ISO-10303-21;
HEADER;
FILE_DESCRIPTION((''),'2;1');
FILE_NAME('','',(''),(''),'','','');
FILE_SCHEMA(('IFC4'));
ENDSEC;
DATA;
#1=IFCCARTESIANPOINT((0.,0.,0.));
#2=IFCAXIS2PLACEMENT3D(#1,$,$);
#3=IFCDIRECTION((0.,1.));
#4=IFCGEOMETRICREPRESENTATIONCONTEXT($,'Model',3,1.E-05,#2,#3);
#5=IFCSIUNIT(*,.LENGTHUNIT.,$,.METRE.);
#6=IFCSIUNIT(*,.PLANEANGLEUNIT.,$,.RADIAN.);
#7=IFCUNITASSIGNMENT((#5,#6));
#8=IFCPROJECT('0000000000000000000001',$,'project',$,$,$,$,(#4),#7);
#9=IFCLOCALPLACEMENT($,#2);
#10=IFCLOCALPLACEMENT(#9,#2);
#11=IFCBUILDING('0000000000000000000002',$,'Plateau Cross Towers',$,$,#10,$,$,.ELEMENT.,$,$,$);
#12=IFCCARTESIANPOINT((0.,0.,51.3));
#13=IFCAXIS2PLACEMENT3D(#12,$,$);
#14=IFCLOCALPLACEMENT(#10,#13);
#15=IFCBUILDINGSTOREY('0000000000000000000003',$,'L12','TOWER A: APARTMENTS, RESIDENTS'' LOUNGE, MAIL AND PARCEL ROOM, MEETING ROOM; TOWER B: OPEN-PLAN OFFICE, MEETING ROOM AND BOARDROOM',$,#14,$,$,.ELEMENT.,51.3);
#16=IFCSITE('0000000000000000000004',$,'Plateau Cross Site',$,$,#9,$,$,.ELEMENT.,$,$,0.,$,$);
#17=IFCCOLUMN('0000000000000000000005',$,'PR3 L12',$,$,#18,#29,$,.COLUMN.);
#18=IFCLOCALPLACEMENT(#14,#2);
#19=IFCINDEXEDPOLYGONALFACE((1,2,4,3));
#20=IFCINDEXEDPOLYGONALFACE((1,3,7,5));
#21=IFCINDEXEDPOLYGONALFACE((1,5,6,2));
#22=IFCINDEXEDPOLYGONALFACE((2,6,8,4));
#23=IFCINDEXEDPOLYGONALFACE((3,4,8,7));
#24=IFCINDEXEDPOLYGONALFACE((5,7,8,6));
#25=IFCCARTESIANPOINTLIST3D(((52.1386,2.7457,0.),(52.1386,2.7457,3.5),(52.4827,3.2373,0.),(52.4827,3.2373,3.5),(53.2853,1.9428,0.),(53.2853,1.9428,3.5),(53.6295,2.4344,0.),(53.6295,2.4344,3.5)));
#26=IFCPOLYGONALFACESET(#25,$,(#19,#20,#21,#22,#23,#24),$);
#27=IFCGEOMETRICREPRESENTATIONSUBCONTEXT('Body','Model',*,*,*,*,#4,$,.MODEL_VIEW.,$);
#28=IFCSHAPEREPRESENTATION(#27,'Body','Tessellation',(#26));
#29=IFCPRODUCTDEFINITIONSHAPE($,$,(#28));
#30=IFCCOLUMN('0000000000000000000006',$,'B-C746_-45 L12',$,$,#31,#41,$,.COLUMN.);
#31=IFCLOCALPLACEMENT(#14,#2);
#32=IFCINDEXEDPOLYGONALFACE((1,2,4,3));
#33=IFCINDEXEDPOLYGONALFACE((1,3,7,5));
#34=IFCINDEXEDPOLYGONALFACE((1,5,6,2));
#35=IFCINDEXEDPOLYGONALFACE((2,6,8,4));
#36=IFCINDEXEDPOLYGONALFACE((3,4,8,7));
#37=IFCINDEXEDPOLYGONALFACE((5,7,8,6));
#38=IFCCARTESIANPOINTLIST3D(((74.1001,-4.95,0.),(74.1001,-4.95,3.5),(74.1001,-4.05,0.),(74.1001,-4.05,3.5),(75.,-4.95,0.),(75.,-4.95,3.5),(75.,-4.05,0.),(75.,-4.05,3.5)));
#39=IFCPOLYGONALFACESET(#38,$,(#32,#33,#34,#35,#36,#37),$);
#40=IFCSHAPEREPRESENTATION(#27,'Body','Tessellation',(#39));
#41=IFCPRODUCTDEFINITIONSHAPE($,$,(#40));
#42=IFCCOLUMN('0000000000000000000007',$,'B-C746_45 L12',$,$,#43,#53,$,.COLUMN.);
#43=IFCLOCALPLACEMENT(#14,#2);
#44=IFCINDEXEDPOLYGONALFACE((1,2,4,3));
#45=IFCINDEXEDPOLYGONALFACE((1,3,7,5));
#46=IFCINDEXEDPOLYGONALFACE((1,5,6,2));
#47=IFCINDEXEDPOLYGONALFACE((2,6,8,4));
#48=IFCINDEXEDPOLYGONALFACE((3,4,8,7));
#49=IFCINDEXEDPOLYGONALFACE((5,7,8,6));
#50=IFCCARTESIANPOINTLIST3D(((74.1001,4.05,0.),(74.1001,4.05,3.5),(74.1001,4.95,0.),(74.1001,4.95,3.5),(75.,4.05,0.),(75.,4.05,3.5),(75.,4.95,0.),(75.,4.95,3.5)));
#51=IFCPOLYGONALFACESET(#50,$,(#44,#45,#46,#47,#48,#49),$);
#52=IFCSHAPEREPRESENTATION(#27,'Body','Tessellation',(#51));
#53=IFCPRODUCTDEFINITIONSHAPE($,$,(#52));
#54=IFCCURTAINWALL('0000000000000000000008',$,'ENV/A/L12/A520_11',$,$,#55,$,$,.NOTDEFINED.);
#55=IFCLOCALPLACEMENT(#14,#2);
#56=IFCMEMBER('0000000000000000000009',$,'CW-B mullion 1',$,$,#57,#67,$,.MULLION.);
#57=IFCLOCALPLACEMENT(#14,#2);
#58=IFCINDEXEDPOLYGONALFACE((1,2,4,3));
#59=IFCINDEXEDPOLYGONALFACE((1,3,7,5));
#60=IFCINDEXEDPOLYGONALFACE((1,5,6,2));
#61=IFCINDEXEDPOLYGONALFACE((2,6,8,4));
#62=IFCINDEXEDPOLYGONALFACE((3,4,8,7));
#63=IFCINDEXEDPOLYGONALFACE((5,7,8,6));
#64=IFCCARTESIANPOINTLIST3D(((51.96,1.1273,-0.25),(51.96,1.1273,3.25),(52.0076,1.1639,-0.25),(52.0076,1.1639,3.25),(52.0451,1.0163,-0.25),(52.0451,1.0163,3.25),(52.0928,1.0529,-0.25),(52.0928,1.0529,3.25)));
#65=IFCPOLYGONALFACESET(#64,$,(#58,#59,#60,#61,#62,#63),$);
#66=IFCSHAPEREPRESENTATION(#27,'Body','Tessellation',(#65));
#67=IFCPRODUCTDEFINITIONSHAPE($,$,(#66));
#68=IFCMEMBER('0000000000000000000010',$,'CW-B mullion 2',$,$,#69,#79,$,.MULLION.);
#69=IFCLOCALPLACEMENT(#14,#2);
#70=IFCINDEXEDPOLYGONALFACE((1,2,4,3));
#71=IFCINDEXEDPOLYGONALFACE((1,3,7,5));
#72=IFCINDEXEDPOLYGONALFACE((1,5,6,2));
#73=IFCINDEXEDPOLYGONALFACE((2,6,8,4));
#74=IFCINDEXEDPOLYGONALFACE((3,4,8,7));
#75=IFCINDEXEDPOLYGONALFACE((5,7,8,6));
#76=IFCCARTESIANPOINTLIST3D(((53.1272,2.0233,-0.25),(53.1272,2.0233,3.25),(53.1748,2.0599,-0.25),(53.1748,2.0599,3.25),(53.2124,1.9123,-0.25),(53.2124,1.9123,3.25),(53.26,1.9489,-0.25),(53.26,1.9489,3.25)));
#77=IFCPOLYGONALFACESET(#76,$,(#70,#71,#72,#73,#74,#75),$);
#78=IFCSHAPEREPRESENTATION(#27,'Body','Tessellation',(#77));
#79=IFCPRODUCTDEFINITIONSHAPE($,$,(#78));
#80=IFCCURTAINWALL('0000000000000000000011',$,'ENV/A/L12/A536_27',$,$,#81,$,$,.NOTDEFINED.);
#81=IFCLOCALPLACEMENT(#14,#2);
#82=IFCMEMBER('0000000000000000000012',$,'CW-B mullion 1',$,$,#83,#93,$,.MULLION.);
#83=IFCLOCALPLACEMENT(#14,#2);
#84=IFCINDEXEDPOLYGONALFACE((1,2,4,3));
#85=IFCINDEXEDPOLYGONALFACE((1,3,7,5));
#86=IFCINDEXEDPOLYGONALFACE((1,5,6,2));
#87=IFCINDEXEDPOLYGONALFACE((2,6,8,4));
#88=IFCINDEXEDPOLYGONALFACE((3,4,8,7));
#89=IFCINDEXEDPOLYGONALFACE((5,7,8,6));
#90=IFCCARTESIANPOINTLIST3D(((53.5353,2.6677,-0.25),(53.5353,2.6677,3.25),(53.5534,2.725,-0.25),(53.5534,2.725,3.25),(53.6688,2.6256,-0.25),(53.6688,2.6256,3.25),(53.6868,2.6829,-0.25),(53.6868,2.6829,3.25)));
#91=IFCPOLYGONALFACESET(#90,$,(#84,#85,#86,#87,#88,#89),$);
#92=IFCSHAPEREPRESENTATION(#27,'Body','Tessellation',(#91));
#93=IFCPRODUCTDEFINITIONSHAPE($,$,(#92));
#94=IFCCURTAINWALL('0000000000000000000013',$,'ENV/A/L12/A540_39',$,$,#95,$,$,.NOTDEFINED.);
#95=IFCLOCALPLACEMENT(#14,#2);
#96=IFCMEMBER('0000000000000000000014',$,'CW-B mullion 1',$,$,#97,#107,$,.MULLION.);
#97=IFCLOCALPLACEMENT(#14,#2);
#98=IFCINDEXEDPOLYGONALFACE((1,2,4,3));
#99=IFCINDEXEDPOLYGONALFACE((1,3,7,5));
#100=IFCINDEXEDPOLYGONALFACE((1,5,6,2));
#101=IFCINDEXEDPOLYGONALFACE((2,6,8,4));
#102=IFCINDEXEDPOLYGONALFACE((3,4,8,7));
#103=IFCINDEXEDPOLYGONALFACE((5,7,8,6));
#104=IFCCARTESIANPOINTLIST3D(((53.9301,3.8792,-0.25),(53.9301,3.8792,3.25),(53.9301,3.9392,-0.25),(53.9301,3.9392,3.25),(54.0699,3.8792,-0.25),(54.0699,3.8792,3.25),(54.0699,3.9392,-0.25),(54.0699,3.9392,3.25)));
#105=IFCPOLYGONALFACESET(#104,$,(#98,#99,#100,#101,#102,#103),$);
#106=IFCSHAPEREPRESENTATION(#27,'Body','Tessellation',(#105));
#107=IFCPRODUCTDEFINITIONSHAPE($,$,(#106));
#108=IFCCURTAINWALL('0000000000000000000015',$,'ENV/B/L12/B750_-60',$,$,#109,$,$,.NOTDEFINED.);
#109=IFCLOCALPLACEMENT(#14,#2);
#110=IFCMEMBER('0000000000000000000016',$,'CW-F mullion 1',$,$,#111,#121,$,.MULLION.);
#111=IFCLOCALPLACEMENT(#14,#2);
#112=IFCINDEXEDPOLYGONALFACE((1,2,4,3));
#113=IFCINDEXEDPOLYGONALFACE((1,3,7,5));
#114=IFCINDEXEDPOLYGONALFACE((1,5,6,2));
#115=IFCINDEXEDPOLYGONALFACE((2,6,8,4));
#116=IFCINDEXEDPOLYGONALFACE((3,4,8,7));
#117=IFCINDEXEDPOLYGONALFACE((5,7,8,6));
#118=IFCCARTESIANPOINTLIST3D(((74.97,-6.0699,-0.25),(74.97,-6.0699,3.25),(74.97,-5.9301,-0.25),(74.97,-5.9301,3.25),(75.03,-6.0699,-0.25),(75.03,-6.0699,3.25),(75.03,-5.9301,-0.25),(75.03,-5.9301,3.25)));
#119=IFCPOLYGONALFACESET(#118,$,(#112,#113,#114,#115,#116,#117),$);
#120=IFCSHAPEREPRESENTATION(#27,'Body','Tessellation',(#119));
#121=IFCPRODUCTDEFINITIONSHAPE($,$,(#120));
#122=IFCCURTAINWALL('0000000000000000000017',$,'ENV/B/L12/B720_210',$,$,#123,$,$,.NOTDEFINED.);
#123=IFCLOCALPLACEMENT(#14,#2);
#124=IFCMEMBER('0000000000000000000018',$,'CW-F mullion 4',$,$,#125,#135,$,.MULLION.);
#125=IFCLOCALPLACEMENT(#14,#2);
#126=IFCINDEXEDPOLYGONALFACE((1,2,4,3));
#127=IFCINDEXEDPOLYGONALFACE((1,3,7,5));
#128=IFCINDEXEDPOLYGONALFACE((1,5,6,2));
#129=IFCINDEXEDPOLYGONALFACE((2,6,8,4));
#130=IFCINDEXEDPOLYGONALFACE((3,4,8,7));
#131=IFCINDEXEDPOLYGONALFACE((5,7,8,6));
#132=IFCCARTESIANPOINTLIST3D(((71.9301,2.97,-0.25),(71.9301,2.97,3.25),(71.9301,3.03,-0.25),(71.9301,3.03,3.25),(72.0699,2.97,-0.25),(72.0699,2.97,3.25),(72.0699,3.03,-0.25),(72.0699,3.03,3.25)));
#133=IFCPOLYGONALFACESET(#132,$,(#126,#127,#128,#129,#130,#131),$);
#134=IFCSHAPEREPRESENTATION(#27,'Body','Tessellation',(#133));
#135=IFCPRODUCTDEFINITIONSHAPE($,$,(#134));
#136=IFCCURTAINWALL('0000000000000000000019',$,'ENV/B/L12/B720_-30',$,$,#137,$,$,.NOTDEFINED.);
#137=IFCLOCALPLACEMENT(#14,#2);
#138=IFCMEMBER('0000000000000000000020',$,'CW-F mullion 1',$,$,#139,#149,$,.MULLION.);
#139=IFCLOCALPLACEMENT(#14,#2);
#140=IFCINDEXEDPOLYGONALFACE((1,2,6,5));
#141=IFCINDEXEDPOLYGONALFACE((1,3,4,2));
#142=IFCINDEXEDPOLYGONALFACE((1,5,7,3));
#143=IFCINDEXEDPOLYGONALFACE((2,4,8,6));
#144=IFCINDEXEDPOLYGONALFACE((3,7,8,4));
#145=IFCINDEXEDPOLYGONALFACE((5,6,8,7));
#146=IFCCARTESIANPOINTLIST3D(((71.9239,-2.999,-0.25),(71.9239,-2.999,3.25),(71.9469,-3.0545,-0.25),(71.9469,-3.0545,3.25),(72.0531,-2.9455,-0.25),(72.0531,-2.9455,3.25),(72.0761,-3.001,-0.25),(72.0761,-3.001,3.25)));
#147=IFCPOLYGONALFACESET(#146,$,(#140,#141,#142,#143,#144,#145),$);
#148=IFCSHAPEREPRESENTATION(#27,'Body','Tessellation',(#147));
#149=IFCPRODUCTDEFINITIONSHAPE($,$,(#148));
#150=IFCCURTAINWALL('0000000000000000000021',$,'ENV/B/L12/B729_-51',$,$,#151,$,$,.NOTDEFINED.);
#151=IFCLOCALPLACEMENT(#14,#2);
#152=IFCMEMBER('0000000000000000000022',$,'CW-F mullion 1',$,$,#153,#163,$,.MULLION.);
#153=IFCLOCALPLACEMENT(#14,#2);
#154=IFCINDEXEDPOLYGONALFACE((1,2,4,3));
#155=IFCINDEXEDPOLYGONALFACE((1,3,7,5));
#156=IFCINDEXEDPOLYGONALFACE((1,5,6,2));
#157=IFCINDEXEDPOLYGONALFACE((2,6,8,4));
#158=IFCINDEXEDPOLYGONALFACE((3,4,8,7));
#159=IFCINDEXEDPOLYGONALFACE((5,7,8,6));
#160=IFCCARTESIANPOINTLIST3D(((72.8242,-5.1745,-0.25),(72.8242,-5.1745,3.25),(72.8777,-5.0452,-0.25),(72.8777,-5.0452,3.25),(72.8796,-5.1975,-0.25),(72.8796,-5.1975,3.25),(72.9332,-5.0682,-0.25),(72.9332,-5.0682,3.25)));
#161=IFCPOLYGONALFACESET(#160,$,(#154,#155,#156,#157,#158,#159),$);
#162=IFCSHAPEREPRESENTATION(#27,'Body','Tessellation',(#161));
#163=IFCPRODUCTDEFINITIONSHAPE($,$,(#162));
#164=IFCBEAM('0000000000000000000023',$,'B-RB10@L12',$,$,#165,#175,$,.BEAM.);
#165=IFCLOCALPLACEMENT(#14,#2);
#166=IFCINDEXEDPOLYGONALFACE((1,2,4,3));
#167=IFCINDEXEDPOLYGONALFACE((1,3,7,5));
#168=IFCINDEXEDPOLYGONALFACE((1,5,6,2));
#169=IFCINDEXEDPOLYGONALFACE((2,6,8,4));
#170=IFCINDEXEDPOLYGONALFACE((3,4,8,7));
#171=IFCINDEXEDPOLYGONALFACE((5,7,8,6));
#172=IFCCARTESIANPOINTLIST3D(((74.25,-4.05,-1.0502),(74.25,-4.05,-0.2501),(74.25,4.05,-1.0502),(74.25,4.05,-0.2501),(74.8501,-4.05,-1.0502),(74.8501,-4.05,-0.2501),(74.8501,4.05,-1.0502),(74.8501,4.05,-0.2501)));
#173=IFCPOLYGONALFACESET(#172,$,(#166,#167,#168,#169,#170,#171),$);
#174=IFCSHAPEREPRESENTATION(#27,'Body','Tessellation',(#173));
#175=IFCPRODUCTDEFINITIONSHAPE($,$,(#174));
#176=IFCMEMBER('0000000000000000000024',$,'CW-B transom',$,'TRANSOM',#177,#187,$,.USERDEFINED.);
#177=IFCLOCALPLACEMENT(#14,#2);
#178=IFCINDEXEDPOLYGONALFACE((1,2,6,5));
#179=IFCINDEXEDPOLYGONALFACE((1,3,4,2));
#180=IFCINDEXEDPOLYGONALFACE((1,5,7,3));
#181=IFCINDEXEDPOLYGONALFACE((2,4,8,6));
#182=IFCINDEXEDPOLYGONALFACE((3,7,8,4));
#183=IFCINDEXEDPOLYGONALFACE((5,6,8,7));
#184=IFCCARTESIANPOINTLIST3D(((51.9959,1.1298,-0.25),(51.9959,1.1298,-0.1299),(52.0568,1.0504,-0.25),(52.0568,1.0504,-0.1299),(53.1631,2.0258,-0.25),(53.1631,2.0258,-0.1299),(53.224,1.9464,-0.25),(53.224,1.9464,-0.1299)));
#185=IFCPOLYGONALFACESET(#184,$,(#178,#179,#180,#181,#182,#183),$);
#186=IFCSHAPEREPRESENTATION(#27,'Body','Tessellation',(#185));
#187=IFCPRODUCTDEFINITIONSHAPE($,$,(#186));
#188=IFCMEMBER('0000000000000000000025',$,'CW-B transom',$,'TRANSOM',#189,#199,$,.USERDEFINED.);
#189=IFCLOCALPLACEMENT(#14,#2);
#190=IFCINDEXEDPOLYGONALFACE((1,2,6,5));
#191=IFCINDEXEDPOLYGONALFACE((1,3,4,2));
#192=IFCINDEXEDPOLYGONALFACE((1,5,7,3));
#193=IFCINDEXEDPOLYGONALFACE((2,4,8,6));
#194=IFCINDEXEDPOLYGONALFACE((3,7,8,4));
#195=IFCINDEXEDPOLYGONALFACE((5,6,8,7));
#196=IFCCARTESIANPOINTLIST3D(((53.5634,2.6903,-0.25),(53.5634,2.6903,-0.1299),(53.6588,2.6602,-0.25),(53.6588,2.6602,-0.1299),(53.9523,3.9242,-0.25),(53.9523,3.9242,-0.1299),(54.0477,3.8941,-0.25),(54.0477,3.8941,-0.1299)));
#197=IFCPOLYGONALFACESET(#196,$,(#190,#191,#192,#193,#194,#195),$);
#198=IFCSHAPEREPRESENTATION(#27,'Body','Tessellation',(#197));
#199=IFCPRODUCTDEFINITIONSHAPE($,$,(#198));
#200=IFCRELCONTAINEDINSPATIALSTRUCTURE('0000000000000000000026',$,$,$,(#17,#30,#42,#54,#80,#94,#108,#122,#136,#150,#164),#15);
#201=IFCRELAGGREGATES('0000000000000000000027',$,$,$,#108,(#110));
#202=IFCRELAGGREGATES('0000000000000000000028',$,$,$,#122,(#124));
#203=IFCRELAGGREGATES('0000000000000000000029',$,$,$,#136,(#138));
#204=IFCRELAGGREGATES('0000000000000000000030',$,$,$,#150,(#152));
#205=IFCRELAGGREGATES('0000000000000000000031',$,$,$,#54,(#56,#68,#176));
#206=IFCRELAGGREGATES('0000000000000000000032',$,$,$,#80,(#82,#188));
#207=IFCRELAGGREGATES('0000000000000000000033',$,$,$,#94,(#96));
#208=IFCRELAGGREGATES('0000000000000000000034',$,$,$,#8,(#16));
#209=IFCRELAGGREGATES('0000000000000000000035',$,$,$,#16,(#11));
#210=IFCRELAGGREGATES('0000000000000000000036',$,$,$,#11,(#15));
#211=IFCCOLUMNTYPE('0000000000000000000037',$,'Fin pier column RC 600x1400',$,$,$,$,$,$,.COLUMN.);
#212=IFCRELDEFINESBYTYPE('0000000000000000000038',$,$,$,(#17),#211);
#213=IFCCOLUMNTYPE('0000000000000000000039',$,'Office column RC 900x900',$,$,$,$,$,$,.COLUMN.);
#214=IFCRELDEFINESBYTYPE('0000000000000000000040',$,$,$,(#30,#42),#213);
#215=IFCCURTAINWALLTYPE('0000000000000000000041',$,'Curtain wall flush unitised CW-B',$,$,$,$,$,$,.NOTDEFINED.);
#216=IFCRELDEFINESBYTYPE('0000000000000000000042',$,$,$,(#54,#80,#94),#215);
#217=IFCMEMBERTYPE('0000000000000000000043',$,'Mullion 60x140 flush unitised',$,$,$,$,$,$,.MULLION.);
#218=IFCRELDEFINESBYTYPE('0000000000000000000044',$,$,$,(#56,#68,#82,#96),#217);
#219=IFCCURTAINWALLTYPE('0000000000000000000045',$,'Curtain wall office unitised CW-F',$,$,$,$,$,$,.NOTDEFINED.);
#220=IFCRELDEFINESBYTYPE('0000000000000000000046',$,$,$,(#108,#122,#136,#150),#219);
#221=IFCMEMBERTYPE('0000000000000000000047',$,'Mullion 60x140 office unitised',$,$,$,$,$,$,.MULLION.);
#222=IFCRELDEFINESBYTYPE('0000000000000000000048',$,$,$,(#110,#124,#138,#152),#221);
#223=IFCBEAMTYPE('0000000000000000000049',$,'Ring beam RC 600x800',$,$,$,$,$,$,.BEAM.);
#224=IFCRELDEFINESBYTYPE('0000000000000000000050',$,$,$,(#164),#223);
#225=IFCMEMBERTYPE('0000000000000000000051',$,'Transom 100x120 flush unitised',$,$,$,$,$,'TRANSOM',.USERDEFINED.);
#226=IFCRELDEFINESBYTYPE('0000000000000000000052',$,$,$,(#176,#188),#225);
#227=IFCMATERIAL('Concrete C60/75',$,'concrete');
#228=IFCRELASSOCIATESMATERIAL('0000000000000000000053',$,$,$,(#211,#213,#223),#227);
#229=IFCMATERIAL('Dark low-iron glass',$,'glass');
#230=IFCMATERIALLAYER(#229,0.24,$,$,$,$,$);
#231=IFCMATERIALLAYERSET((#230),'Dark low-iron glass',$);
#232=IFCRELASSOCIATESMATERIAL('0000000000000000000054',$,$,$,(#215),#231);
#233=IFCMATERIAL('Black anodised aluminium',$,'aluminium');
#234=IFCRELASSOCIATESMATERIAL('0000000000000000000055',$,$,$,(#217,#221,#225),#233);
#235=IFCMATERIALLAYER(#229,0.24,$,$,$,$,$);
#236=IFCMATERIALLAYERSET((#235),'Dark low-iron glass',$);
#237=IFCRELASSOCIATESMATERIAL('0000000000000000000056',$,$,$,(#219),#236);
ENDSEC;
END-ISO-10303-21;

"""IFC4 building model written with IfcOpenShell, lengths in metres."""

from ifc_helpers import new_model, si_unit, direction, frame, origin, origin_2d, place, context, subcontext, project, spatial, rectangle, extrude, material, layer, layer_set, material_profile, profile_set, type_object, element, aggregate, save


model = new_model("IFC4")

# Units and contexts
model_context = context("Model", 3, precision=1e-05, world=origin(), true_north=direction((0.0, 1.0)))
body_context = subcontext(model_context, "Body", "Model", "MODEL_VIEW")
ifc_project = project(units=[si_unit("LENGTHUNIT", "METRE"), si_unit("PLANEANGLEUNIT", "RADIAN")], contexts=[model_context])

# Site, building, storey
site_placement = place(None, origin())
site = spatial("IfcSite", under=ifc_project, at=site_placement, Name="Plateau Cross Site", CompositionType="ELEMENT", RefElevation=0.0)
building_placement = place(site_placement, origin())
building = spatial("IfcBuilding", under=site, at=building_placement, Name="Plateau Cross Towers", CompositionType="ELEMENT")
storey_placement = place(building_placement, frame((0.0, 0.0, 51.3)))
storey = spatial("IfcBuildingStorey", under=building, at=storey_placement, Name="L12", Description="TOWER A: APARTMENTS, RESIDENTS' LOUNGE, MAIL AND PARCEL ROOM, MEETING ROOM; TOWER B: OPEN-PLAN OFFICE, MEETING ROOM AND BOARDROOM", CompositionType="ELEMENT", Elevation=51.3)

# Columns
ifc_material_1 = material(Name="Concrete C60/75", Category="concrete")
ifc_material_profile_1 = material_profile(ifc_material_1, rectangle(XDim=0.6001, YDim=1.3999, at=origin_2d()), Name="RC 600x1400")
ifc_profile_set_1 = profile_set([ifc_material_profile_1], Name="Concrete C60/75")
column_type_1 = type_object("IfcColumnType", Name="Fin pier column RC 600x1400", PredefinedType="COLUMN", material=ifc_profile_set_1)
column_placement = place(storey_placement, frame((52.884, 2.5901, 0.0), z_axis=(0.0, 0.0, 1.0), x_axis=(0.573543, 0.819176, 0.0)))
element("IfcColumn", 1, at=column_placement, inside=storey, type_object=column_type_1, Name="PR3 L12", PredefinedType="COLUMN", context=body_context, shape_type="SweptSolid", body=[
    extrude(rectangle(XDim=0.6001, YDim=1.3999, at=origin_2d()), origin(), (0.0, 0.0, 1.0), 3.5),
])
ifc_material_profile_2 = material_profile(ifc_material_1, rectangle(XDim=0.8999, YDim=0.8999, at=origin_2d()), Name="RC 900x900")
ifc_profile_set_2 = profile_set([ifc_material_profile_2], Name="Concrete C60/75")
column_type_2 = type_object("IfcColumnType", Name="Office column RC 900x900", PredefinedType="COLUMN", material=ifc_profile_set_2)
for number, where, z_axis, x_axis, name in (
    (2, (74.55, -4.5, 0.0), (0.0, 0.0, 1.0), (1.0, 0.0, 0.0), "B-C746_-45 L12"),
    (3, (74.55, 4.5, 0.0), (0.0, 0.0, 1.0), (1.0, 0.0, 0.0), "B-C746_45 L12"),
):
    element("IfcColumn", number, at=place(storey_placement, frame(where, z_axis=z_axis, x_axis=x_axis)), inside=storey, type_object=column_type_2, Name=name, PredefinedType="COLUMN", context=body_context, shape_type="SweptSolid", body=[
        extrude(rectangle(XDim=0.8999, YDim=0.8999, at=origin_2d()), origin(), (0.0, 0.0, 1.0), 3.5),
    ])

# Curtain wall, members
ifc_material_2 = material(Name="Dark low-iron glass", Category="glass")
ifc_layer_1 = layer(ifc_material_2, 0.24)
ifc_layer_set_1 = layer_set([ifc_layer_1], Name="Dark low-iron glass")
curtain_wall_type_1 = type_object("IfcCurtainWallType", Name="Curtain wall flush unitised CW-B", PredefinedType="NOTDEFINED", material=ifc_layer_set_1)
curtain_wall_1_placement = place(storey_placement, origin())
curtain_wall_1 = element("IfcCurtainWall", 4, at=curtain_wall_1_placement, inside=storey, type_object=curtain_wall_type_1, Name="ENV/A/L12/A520_11", PredefinedType="NOTDEFINED")
ifc_material_3 = material(Name="Black anodised aluminium", Category="aluminium")
ifc_material_profile_3 = material_profile(ifc_material_3, rectangle(XDim=0.0601, YDim=0.1399, at=origin_2d()), Name="MULLION 60x140")
ifc_profile_set_3 = profile_set([ifc_material_profile_3], Name="Black anodised aluminium")
member_type_1 = type_object("IfcMemberType", Name="Mullion 60x140 flush unitised", PredefinedType="MULLION", material=ifc_profile_set_3)
member_1_placement = place(storey_placement, frame((52.0264, 1.0901, -0.25), z_axis=(0.0, 0.0, 1.0), x_axis=(0.793316, 0.608811, 0.0)))
member_1 = element("IfcMember", 5, at=member_1_placement, type_object=member_type_1, Name="CW-B mullion 1", PredefinedType="MULLION", context=body_context, shape_type="SweptSolid", body=[
    extrude(rectangle(XDim=0.0601, YDim=0.1399, at=origin_2d()), origin(), (0.0, 0.0, 1.0), 3.5),
])
member_2_placement = place(storey_placement, frame((53.1936, 1.9861, -0.25), z_axis=(0.0, 0.0, 1.0), x_axis=(0.793316, 0.608811, 0.0)))
member_2 = element("IfcMember", 6, at=member_2_placement, type_object=member_type_1, Name="CW-B mullion 2", PredefinedType="MULLION", context=body_context, shape_type="SweptSolid", body=[
    extrude(rectangle(XDim=0.0601, YDim=0.1399, at=origin_2d()), origin(), (0.0, 0.0, 1.0), 3.5),
])

# Curtain walls, members
curtain_wall_2_placement = place(storey_placement, origin())
curtain_wall_2 = element("IfcCurtainWall", 7, at=curtain_wall_2_placement, inside=storey, type_object=curtain_wall_type_1, Name="ENV/A/L12/A536_27", PredefinedType="NOTDEFINED")
member_3_placement = place(storey_placement, frame((53.6111, 2.6753, -0.25), z_axis=(0.0, 0.0, 1.0), x_axis=(0.300686, 0.953723, 0.0)))
member_3 = element("IfcMember", 8, at=member_3_placement, type_object=member_type_1, Name="CW-B mullion 1", PredefinedType="MULLION", context=body_context, shape_type="SweptSolid", body=[
    extrude(rectangle(XDim=0.0601, YDim=0.1399, at=origin_2d()), origin(), (0.0, 0.0, 1.0), 3.5),
])
curtain_wall_3_placement = place(storey_placement, origin())
curtain_wall_3 = element("IfcCurtainWall", 9, at=curtain_wall_3_placement, inside=storey, type_object=curtain_wall_type_1, Name="ENV/A/L12/A540_39", PredefinedType="NOTDEFINED")
member_4_placement = place(storey_placement, frame((54.0, 3.9092, -0.25), z_axis=(0.0, 0.0, 1.0), x_axis=(0.0, 1.0, 0.0)))
member_4 = element("IfcMember", 10, at=member_4_placement, type_object=member_type_1, Name="CW-B mullion 1", PredefinedType="MULLION", context=body_context, shape_type="SweptSolid", body=[
    extrude(rectangle(XDim=0.0601, YDim=0.1399, at=origin_2d()), origin(), (0.0, 0.0, 1.0), 3.5),
])
ifc_layer_2 = layer(ifc_material_2, 0.24)
ifc_layer_set_2 = layer_set([ifc_layer_2], Name="Dark low-iron glass")
curtain_wall_type_2 = type_object("IfcCurtainWallType", Name="Curtain wall office unitised CW-F", PredefinedType="NOTDEFINED", material=ifc_layer_set_2)
curtain_wall_4_placement = place(storey_placement, origin())
curtain_wall_4 = element("IfcCurtainWall", 11, at=curtain_wall_4_placement, inside=storey, type_object=curtain_wall_type_2, Name="ENV/B/L12/B750_-60", PredefinedType="NOTDEFINED")
ifc_material_profile_4 = material_profile(ifc_material_3, rectangle(XDim=0.0601, YDim=0.1399, at=origin_2d()), Name="MULLION 60x140")
ifc_profile_set_4 = profile_set([ifc_material_profile_4], Name="Black anodised aluminium")
member_type_2 = type_object("IfcMemberType", Name="Mullion 60x140 office unitised", PredefinedType="MULLION", material=ifc_profile_set_4)
member_5_placement = place(storey_placement, frame((75.0, -6.0, -0.25), z_axis=(0.0, 0.0, 1.0), x_axis=(1.0, 0.0, 0.0)))
member_5 = element("IfcMember", 12, at=member_5_placement, type_object=member_type_2, Name="CW-F mullion 1", PredefinedType="MULLION", context=body_context, shape_type="SweptSolid", body=[
    extrude(rectangle(XDim=0.0601, YDim=0.1399, at=origin_2d()), origin(), (0.0, 0.0, 1.0), 3.5),
])
curtain_wall_5_placement = place(storey_placement, origin())
curtain_wall_5 = element("IfcCurtainWall", 13, at=curtain_wall_5_placement, inside=storey, type_object=curtain_wall_type_2, Name="ENV/B/L12/B720_210", PredefinedType="NOTDEFINED")
member_6_placement = place(storey_placement, frame((72.0, 3.0, -0.25), z_axis=(0.0, 0.0, 1.0), x_axis=(0.0, -1.0, 0.0)))
member_6 = element("IfcMember", 14, at=member_6_placement, type_object=member_type_2, Name="CW-F mullion 4", PredefinedType="MULLION", context=body_context, shape_type="SweptSolid", body=[
    extrude(rectangle(XDim=0.0601, YDim=0.1399, at=origin_2d()), origin(), (0.0, 0.0, 1.0), 3.5),
])
curtain_wall_6_placement = place(storey_placement, origin())
curtain_wall_6 = element("IfcCurtainWall", 15, at=curtain_wall_6_placement, inside=storey, type_object=curtain_wall_type_2, Name="ENV/B/L12/B720_-30", PredefinedType="NOTDEFINED")
member_7_placement = place(storey_placement, frame((72.0, -3.0, -0.25), z_axis=(0.0, 0.0, 1.0), x_axis=(0.382684, -0.923879, 0.0)))
member_7 = element("IfcMember", 16, at=member_7_placement, type_object=member_type_2, Name="CW-F mullion 1", PredefinedType="MULLION", context=body_context, shape_type="SweptSolid", body=[
    extrude(rectangle(XDim=0.0601, YDim=0.1399, at=origin_2d()), origin(), (0.0, 0.0, 1.0), 3.5),
])
curtain_wall_7_placement = place(storey_placement, origin())
curtain_wall_7 = element("IfcCurtainWall", 17, at=curtain_wall_7_placement, inside=storey, type_object=curtain_wall_type_2, Name="ENV/B/L12/B729_-51", PredefinedType="NOTDEFINED")
member_8_placement = place(storey_placement, frame((72.8787, -5.1213, -0.25), z_axis=(0.0, 0.0, 1.0), x_axis=(0.923879, -0.382684, 0.0)))
member_8 = element("IfcMember", 18, at=member_8_placement, type_object=member_type_2, Name="CW-F mullion 1", PredefinedType="MULLION", context=body_context, shape_type="SweptSolid", body=[
    extrude(rectangle(XDim=0.0601, YDim=0.1399, at=origin_2d()), origin(), (0.0, 0.0, 1.0), 3.5),
])

# Beam
ifc_material_profile_5 = material_profile(ifc_material_1, rectangle(XDim=0.6001, YDim=0.8, at=origin_2d()), Name="RC 600x800")
ifc_profile_set_5 = profile_set([ifc_material_profile_5], Name="Concrete C60/75")
beam_type = type_object("IfcBeamType", Name="Ring beam RC 600x800", PredefinedType="BEAM", material=ifc_profile_set_5)
beam_placement = place(storey_placement, frame((74.55, 4.05, -0.6501), z_axis=(0.0, -1.0, 0.0), x_axis=(1.0, 0.0, 0.0)))
element("IfcBeam", 19, at=beam_placement, inside=storey, type_object=beam_type, Name="B-RB10@L12", PredefinedType="BEAM", context=body_context, shape_type="SweptSolid", body=[
    extrude(rectangle(XDim=0.6001, YDim=0.8, at=origin_2d()), origin(), (0.0, 0.0, 1.0), 8.1001),
])

# Members
ifc_material_profile_6 = material_profile(ifc_material_3, rectangle(XDim=0.1001, YDim=0.1201, at=origin_2d()), Name="TRANSOM 100x120")
ifc_profile_set_6 = profile_set([ifc_material_profile_6], Name="Black anodised aluminium")
member_type_3 = type_object("IfcMemberType", Name="Transom 100x120 flush unitised", ElementType="TRANSOM", PredefinedType="USERDEFINED", material=ifc_profile_set_6)
member_9_placement = place(storey_placement, frame((52.0264, 1.0901, -0.1899), z_axis=(0.79324, 0.608909, 0.0), x_axis=(-0.608909, 0.79324, 0.0)))
member_9 = element("IfcMember", 20, at=member_9_placement, type_object=member_type_3, Name="CW-B transom", ObjectType="TRANSOM", PredefinedType="USERDEFINED", context=body_context, shape_type="SweptSolid", body=[
    extrude(rectangle(XDim=0.1001, YDim=0.1201, at=origin_2d()), origin(), (0.0, 0.0, 1.0), 1.4714),
])
member_10_placement = place(storey_placement, frame((53.6111, 2.6753, -0.1899), z_axis=(0.300617, 0.953745, 0.0), x_axis=(-0.953745, 0.300617, 0.0)))
member_10 = element("IfcMember", 21, at=member_10_placement, type_object=member_type_3, Name="CW-B transom", ObjectType="TRANSOM", PredefinedType="USERDEFINED", context=body_context, shape_type="SweptSolid", body=[
    extrude(rectangle(XDim=0.1001, YDim=0.1201, at=origin_2d()), origin(), (0.0, 0.0, 1.0), 1.2937),
])
aggregate(curtain_wall_4, [member_5])

aggregate(curtain_wall_5, [member_6])
aggregate(curtain_wall_6, [member_7])
aggregate(curtain_wall_7, [member_8])

aggregate(curtain_wall_1, [member_1, member_2, member_9])
aggregate(curtain_wall_2, [member_3, member_10])
aggregate(curtain_wall_3, [member_4])

save(model, "model.ifc")
